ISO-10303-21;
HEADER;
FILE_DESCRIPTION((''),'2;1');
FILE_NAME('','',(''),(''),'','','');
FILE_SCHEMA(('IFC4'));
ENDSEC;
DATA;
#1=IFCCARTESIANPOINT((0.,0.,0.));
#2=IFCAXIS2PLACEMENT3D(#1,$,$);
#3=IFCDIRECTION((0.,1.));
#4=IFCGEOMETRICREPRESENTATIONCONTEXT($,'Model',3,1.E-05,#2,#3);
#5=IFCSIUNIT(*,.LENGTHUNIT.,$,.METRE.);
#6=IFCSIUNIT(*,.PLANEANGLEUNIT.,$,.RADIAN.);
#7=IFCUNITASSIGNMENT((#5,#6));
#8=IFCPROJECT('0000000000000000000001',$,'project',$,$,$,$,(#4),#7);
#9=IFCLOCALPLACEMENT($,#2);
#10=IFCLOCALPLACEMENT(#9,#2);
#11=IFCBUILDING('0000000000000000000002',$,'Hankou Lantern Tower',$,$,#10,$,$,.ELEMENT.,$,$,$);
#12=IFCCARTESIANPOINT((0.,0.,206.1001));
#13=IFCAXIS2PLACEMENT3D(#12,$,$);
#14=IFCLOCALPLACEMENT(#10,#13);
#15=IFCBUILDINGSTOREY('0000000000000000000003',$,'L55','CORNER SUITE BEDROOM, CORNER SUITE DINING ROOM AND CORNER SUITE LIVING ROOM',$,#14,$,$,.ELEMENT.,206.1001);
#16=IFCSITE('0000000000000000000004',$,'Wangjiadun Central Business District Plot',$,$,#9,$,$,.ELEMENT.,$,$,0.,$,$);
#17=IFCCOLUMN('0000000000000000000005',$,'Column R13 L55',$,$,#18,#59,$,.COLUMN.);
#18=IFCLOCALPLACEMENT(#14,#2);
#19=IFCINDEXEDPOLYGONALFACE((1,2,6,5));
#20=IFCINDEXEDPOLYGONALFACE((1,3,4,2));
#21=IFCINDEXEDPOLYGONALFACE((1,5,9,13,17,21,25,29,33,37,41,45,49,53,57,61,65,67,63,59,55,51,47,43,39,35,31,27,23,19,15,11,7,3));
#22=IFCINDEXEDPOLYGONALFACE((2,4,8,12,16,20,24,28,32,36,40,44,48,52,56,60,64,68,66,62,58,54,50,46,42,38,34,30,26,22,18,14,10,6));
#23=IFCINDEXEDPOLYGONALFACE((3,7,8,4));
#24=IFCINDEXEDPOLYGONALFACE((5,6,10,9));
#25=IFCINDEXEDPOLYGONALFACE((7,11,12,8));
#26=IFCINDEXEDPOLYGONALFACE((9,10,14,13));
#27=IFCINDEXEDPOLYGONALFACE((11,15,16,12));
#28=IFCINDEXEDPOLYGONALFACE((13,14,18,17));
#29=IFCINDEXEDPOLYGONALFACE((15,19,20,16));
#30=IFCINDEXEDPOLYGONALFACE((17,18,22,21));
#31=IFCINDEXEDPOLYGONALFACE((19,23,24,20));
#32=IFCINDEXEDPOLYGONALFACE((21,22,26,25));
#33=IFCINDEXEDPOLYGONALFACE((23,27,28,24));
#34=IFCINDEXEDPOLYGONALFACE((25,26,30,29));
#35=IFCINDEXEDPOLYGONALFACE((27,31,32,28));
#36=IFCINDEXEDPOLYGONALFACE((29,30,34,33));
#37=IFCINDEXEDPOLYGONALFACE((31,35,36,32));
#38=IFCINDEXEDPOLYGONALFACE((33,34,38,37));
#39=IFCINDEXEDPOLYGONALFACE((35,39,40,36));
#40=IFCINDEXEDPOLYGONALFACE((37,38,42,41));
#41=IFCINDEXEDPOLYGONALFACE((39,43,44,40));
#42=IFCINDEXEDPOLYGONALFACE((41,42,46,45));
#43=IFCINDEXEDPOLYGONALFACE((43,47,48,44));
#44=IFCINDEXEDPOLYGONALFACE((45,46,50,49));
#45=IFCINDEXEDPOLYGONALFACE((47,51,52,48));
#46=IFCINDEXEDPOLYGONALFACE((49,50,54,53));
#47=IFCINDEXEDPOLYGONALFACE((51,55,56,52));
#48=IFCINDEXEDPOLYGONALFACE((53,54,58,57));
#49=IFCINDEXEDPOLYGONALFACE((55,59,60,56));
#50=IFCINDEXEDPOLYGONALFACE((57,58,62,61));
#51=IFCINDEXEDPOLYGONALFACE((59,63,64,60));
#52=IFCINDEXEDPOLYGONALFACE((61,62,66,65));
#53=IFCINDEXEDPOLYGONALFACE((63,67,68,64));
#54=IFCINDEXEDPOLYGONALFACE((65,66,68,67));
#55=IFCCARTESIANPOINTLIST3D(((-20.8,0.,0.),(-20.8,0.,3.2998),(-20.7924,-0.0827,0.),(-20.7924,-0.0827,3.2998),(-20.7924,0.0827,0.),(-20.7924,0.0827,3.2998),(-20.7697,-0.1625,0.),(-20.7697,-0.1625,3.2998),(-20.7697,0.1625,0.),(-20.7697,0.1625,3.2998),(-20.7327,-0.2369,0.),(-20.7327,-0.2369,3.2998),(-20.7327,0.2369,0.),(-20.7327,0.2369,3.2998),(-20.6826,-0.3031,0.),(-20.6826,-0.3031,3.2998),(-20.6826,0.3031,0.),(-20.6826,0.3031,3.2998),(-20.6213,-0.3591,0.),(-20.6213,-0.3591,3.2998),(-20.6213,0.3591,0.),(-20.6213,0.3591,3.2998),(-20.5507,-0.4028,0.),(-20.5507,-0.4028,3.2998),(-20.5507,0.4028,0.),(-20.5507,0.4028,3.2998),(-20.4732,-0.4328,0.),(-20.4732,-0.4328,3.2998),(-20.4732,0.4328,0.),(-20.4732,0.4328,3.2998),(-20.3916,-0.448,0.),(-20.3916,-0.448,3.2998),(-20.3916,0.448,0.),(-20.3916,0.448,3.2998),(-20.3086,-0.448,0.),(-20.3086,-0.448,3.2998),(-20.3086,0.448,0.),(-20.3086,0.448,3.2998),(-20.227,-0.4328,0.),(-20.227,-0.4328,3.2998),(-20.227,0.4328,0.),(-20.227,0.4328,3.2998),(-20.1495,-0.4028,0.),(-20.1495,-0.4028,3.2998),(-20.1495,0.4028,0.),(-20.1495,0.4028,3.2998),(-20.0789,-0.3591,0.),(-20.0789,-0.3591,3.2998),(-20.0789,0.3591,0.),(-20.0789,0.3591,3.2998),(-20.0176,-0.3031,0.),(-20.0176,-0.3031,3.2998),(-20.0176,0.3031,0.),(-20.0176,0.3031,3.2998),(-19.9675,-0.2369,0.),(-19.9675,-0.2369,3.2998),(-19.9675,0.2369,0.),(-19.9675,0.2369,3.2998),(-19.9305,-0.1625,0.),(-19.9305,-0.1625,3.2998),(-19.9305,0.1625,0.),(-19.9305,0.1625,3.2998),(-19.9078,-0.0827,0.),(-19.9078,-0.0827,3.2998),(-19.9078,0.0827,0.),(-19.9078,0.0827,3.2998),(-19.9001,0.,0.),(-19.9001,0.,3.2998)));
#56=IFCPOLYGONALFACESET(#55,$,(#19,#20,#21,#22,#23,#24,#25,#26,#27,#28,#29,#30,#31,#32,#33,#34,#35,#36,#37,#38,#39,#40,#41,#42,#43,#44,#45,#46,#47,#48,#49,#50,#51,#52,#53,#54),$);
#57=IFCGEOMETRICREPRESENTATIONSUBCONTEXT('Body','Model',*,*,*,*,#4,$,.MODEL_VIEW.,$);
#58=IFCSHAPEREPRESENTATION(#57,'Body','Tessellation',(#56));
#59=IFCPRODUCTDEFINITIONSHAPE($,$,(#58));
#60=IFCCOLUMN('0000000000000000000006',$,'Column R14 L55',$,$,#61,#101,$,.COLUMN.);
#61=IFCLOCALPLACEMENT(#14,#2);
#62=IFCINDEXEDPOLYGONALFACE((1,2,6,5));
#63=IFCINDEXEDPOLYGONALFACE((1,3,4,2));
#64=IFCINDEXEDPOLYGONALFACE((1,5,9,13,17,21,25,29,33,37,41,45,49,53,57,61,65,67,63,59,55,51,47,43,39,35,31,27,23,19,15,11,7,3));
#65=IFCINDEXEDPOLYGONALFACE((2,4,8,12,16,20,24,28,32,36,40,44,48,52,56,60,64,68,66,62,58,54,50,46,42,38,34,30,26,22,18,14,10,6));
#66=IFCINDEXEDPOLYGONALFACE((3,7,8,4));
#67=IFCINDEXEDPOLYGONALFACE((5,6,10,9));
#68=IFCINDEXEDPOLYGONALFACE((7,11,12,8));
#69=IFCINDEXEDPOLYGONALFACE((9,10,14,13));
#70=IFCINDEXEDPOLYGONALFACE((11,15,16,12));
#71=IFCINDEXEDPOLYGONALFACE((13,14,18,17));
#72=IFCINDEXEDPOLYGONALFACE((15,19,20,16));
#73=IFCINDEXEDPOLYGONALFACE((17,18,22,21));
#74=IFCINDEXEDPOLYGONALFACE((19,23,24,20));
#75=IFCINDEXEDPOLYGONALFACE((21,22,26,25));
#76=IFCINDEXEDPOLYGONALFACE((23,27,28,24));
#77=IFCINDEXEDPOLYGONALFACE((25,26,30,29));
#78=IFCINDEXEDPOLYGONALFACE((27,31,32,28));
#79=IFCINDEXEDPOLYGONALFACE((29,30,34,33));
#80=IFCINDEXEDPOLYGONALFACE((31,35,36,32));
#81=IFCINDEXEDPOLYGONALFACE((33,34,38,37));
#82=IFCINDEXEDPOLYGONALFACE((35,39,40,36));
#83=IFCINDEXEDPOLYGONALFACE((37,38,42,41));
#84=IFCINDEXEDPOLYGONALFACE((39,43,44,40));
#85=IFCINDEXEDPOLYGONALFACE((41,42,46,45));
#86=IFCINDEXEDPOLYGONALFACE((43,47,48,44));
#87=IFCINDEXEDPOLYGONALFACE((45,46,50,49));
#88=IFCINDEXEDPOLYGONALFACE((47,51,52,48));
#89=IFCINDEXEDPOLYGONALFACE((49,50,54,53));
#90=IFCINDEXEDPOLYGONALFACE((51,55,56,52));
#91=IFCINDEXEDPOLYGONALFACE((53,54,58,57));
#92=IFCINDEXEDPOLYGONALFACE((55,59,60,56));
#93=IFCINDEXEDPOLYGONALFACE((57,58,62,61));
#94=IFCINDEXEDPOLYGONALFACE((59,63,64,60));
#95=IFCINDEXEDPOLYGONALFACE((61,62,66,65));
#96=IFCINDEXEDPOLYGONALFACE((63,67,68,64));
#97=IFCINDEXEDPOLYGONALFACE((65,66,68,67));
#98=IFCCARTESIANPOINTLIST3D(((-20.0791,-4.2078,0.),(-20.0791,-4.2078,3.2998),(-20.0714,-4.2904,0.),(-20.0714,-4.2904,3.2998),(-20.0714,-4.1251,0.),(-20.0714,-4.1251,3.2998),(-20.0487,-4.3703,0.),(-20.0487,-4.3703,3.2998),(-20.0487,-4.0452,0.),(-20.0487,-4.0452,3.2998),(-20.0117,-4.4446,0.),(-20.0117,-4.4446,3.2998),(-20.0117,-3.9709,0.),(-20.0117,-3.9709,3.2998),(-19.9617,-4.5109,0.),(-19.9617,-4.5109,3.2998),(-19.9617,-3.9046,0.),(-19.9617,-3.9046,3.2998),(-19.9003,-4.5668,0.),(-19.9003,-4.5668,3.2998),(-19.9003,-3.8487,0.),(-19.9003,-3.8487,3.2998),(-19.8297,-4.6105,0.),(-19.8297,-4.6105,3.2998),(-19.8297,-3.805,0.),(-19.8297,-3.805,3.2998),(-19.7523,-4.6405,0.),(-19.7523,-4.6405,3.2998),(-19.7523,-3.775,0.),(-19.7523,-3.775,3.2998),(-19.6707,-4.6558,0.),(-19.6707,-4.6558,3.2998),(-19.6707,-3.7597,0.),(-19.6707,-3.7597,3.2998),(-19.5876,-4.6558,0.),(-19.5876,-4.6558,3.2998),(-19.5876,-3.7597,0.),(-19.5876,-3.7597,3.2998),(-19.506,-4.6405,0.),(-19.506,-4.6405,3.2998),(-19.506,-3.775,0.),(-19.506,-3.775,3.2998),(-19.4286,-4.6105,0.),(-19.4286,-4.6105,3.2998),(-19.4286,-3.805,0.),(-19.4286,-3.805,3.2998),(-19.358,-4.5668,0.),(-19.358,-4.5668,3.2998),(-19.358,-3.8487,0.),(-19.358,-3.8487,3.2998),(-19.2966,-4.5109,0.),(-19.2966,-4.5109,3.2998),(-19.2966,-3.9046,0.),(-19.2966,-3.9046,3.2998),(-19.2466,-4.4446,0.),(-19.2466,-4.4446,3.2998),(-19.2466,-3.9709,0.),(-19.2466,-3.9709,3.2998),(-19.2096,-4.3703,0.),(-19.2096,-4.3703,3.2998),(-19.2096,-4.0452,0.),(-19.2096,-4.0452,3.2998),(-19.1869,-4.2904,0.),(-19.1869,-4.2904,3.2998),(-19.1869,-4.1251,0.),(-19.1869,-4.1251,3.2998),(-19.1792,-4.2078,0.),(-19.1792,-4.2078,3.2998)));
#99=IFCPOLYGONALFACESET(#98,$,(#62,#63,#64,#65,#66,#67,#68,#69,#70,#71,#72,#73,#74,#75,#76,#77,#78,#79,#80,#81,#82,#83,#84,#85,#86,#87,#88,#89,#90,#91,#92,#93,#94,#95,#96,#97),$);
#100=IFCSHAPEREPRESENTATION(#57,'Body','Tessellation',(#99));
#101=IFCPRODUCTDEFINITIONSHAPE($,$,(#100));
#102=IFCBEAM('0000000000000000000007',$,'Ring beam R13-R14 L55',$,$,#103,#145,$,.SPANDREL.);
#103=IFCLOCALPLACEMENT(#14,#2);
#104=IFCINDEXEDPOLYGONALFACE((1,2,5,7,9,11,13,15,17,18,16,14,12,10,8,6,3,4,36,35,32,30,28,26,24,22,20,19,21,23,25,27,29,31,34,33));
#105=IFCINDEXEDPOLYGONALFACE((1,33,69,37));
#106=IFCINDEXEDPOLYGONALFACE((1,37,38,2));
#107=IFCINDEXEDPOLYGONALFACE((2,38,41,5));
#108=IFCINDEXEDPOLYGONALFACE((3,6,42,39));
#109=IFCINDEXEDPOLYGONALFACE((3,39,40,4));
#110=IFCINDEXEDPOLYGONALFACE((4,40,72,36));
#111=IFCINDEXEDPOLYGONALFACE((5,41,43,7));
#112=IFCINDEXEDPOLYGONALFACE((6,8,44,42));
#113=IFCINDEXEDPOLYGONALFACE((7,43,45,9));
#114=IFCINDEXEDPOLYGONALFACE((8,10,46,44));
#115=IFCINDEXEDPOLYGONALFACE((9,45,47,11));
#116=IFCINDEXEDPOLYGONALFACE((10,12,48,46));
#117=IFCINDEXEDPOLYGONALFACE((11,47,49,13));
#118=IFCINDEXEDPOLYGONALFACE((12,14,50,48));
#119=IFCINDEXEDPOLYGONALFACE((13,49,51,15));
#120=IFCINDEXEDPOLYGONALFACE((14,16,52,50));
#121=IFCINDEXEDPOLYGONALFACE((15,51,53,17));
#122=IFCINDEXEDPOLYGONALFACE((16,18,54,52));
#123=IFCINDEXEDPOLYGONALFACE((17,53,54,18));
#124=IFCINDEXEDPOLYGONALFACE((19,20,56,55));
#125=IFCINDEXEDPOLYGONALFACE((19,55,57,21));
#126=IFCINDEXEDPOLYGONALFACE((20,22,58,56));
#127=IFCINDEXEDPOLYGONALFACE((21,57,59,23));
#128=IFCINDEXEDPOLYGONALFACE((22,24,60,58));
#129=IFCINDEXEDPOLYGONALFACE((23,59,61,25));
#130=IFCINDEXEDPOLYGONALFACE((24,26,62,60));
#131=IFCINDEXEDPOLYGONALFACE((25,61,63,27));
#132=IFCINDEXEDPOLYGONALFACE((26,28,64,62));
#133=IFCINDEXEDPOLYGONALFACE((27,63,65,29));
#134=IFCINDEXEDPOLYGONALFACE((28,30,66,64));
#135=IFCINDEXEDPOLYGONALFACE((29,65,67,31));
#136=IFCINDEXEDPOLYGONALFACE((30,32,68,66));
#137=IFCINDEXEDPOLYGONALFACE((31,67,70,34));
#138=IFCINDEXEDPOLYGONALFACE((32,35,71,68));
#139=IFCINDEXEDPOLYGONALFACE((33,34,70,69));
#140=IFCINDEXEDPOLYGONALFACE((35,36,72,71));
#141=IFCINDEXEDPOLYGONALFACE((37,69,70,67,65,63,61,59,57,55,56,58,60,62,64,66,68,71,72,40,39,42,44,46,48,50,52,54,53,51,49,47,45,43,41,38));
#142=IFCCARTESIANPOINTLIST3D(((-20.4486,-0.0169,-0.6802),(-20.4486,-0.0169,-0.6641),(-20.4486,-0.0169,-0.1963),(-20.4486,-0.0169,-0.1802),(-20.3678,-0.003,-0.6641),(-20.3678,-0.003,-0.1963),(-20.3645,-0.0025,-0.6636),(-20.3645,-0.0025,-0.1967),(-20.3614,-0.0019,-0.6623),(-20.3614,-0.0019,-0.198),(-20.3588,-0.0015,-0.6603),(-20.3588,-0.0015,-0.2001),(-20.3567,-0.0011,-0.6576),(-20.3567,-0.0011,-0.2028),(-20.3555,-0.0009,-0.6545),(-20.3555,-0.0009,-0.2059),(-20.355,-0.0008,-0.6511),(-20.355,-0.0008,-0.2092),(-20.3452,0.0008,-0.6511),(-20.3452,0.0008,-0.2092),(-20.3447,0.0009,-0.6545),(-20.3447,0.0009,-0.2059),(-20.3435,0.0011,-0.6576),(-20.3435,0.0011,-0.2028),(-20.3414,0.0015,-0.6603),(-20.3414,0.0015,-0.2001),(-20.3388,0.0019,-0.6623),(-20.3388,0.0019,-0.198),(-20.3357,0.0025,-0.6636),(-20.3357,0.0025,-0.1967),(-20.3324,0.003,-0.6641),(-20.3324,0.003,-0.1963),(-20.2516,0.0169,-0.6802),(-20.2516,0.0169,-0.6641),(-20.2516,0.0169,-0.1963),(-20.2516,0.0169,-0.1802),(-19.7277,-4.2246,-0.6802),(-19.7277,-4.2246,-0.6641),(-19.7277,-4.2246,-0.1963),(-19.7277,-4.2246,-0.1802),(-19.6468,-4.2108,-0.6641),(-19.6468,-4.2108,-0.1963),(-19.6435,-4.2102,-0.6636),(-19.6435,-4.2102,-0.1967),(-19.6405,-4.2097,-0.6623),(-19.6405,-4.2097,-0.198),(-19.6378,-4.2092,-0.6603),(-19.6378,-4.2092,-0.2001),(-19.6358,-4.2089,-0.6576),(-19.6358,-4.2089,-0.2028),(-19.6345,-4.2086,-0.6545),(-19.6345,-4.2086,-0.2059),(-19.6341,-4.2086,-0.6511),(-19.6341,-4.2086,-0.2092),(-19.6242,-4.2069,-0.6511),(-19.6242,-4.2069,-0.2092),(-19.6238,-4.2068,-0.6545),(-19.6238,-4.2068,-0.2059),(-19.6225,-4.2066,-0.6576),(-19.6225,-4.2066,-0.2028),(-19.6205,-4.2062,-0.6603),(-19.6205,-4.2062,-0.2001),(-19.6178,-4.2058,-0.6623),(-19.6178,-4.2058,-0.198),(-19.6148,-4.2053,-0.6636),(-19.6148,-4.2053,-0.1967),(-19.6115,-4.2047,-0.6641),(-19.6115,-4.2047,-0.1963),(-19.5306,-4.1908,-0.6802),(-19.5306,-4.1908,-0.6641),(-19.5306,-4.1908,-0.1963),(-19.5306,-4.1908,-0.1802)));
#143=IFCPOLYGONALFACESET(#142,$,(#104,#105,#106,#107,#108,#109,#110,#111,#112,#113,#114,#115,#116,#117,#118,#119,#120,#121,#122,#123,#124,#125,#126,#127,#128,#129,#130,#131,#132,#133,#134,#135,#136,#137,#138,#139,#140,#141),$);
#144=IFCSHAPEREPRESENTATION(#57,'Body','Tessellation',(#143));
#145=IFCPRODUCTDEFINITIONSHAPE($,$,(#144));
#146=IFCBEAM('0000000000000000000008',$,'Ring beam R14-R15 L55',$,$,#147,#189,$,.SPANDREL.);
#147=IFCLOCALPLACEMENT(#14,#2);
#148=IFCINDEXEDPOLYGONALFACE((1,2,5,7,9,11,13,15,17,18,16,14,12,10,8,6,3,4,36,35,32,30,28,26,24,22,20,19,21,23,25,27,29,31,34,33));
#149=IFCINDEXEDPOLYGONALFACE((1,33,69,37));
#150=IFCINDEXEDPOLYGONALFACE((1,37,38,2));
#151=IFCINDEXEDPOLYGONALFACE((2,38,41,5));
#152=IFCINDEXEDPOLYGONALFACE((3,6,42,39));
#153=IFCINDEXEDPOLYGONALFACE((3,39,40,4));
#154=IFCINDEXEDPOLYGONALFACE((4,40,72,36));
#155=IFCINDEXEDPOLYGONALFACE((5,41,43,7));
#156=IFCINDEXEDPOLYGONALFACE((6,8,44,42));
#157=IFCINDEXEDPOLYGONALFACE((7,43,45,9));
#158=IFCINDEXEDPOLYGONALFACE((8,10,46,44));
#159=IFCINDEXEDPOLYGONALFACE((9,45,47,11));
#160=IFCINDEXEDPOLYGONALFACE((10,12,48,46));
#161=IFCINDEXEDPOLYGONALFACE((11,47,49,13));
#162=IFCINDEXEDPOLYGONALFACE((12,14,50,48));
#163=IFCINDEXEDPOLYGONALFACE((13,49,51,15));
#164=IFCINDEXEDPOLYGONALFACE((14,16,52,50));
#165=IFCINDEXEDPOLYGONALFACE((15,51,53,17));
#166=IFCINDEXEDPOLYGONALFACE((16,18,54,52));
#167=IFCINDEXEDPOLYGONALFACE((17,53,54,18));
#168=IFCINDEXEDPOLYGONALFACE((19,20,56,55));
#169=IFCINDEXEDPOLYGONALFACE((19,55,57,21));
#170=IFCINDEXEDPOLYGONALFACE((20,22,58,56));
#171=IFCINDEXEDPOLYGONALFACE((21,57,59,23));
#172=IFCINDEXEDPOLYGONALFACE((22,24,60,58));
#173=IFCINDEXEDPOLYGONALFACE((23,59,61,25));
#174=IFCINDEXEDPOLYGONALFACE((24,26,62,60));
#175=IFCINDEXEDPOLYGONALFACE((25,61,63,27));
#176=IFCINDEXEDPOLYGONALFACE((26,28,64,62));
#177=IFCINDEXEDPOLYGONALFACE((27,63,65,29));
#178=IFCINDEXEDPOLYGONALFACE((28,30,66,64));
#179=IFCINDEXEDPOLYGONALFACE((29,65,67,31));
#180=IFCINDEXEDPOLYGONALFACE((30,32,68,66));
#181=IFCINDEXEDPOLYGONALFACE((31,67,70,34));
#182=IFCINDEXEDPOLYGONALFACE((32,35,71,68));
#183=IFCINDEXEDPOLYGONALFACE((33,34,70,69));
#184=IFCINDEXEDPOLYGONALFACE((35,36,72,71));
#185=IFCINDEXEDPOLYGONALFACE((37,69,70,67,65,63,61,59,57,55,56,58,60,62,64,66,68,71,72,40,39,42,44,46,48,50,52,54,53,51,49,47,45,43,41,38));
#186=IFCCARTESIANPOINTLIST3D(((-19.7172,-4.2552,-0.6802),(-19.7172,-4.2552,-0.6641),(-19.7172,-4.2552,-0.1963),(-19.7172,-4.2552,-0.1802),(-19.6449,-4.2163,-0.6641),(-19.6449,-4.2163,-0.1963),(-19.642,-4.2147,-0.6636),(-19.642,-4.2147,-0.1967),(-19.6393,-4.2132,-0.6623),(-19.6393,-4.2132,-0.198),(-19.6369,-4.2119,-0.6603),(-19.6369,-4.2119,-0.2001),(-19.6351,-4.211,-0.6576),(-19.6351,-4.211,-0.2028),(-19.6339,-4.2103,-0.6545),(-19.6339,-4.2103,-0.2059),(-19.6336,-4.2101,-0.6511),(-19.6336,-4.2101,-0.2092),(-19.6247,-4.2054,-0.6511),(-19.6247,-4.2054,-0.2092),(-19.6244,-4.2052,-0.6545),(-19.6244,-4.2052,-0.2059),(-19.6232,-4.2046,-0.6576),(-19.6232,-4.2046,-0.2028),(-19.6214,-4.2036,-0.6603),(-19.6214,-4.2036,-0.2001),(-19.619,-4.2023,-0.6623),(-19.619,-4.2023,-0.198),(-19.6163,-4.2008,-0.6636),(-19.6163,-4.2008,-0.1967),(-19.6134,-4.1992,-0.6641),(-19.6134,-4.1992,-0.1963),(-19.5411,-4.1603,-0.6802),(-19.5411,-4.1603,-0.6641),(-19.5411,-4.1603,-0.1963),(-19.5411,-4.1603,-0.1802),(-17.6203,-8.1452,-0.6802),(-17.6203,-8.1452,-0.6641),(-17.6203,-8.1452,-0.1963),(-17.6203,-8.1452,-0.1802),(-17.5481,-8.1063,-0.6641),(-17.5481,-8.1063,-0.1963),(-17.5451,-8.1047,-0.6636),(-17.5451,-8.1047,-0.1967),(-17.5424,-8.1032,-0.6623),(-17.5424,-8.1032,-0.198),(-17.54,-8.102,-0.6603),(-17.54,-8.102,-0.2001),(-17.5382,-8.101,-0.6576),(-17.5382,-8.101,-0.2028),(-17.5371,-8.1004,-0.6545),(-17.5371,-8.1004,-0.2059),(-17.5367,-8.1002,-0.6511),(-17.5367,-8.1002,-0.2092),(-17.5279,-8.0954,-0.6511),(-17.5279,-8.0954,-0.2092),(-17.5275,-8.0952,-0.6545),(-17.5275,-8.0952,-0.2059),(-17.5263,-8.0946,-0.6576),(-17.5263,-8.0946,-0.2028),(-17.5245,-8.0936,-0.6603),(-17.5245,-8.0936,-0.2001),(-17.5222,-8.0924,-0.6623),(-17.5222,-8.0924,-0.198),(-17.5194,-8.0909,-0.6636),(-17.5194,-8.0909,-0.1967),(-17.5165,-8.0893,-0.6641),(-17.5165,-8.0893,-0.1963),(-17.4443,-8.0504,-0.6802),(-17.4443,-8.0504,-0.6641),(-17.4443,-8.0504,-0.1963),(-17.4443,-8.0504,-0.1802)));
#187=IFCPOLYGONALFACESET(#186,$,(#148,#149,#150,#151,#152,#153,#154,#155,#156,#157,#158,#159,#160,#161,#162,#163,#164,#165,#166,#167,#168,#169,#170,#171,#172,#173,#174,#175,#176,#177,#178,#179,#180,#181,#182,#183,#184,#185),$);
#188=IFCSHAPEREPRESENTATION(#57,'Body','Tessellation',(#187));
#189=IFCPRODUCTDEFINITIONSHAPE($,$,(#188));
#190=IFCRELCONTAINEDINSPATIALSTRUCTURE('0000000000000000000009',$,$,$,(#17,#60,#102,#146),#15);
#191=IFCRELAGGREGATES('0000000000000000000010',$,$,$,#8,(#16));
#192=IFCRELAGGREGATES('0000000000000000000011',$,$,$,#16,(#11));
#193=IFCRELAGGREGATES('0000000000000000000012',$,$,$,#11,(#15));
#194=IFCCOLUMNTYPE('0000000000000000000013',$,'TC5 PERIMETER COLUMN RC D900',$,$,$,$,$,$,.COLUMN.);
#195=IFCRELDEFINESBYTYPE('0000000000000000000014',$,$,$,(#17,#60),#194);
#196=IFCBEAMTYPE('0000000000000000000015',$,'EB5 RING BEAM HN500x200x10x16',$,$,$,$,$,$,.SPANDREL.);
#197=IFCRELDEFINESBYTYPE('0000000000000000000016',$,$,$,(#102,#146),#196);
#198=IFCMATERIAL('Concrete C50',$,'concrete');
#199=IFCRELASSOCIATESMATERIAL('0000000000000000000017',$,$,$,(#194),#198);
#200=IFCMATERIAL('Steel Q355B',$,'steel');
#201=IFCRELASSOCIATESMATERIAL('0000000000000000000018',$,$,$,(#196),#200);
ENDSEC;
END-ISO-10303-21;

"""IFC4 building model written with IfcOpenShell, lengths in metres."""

from ifc_helpers import new_model, si_unit, direction, frame, origin, origin_2d, place, context, subcontext, project, spatial, circle, i_section, extrude, material, material_profile, profile_set, type_object, element, save


model = new_model("IFC4")

# Units and contexts
model_context = context("Model", 3, precision=1e-05, world=origin(), true_north=direction((0.0, 1.0)))
body_context = subcontext(model_context, "Body", "Model", "MODEL_VIEW")
ifc_project = project(units=[si_unit("LENGTHUNIT", "METRE"), si_unit("PLANEANGLEUNIT", "RADIAN")], contexts=[model_context])

# Site, building, storey
site_placement = place(None, origin())
site = spatial("IfcSite", under=ifc_project, at=site_placement, Name="Wangjiadun Central Business District Plot", CompositionType="ELEMENT", RefElevation=0.0)
building_placement = place(site_placement, origin())
building = spatial("IfcBuilding", under=site, at=building_placement, Name="Hankou Lantern Tower", CompositionType="ELEMENT")
storey_placement = place(building_placement, frame((0.0, 0.0, 206.1001)))
storey = spatial("IfcBuildingStorey", under=building, at=storey_placement, Name="L55", Description="CORNER SUITE BEDROOM, CORNER SUITE DINING ROOM AND CORNER SUITE LIVING ROOM", CompositionType="ELEMENT", Elevation=206.1001)

# Columns
ifc_material_1 = material(Name="Concrete C50", Category="concrete")
ifc_material_profile_1 = material_profile(ifc_material_1, circle(Radius=0.45, at=origin_2d()), Name="RC D900")
ifc_profile_set_1 = profile_set([ifc_material_profile_1], Name="Concrete C50")
column_type = type_object("IfcColumnType", Name="TC5 PERIMETER COLUMN RC D900", PredefinedType="COLUMN", material=ifc_profile_set_1)
for number, where, z_axis, x_axis, name in (
    (1, (-20.3501, 0.0, 0.0), (0.0, 0.0, 1.0), (1.0, 0.0, 0.0), "Column R13 L55"),
    (2, (-19.6292, -4.2078, 0.0), (0.0, 0.0, 1.0), (1.0, 0.0, 0.0), "Column R14 L55"),
):
    element("IfcColumn", number, at=place(storey_placement, frame(where, z_axis=z_axis, x_axis=x_axis)), inside=storey, type_object=column_type, Name=name, PredefinedType="COLUMN", context=body_context, shape_type="SweptSolid", body=[
        extrude(circle(Radius=0.45, at=origin_2d()), origin(), (0.0, 0.0, 1.0), 3.2998),
    ])

# Beams
ifc_material_2 = material(Name="Steel Q355B", Category="steel")
ifc_material_profile_2 = material_profile(ifc_material_2, i_section(OverallWidth=0.2, OverallDepth=0.5, WebThickness=0.01, FlangeThickness=0.0161, FilletRadius=0.0129, at=origin_2d()), Name="HN500x200x10x16")
ifc_profile_set_2 = profile_set([ifc_material_profile_2], Name="Steel Q355B")
beam_type_1 = type_object("IfcBeamType", Name="EB5 RING BEAM HN500x200x10x16", PredefinedType="SPANDREL", material=ifc_profile_set_2)
beam_1_placement = place(storey_placement, frame((-20.3501, 0.0, -0.4302), z_axis=(0.168877, -0.985637, 0.0), x_axis=(0.985637, 0.168877, 0.0)))
element("IfcBeam", 3, at=beam_1_placement, inside=storey, type_object=beam_type_1, Name="Ring beam R13-R14 L55", PredefinedType="SPANDREL", context=body_context, shape_type="SweptSolid", body=[
    extrude(i_section(OverallWidth=0.2, OverallDepth=0.5, WebThickness=0.01, FlangeThickness=0.0161, FilletRadius=0.0129, at=origin_2d()), origin(), (0.0, 0.0, 1.0), 4.269),
])
beam_2_placement = place(storey_placement, frame((-19.6292, -4.2078, -0.4302), z_axis=(0.474492, -0.88026, 0.0), x_axis=(0.88026, 0.474492, 0.0)))
element("IfcBeam", 4, at=beam_2_placement, inside=storey, type_object=beam_type_1, Name="Ring beam R14-R15 L55", PredefinedType="SPANDREL", context=body_context, shape_type="SweptSolid", body=[
    extrude(i_section(OverallWidth=0.2, OverallDepth=0.5, WebThickness=0.01, FlangeThickness=0.0161, FilletRadius=0.0129, at=origin_2d()), origin(), (0.0, 0.0, 1.0), 4.4192),
])

save(model, "model.ifc")
